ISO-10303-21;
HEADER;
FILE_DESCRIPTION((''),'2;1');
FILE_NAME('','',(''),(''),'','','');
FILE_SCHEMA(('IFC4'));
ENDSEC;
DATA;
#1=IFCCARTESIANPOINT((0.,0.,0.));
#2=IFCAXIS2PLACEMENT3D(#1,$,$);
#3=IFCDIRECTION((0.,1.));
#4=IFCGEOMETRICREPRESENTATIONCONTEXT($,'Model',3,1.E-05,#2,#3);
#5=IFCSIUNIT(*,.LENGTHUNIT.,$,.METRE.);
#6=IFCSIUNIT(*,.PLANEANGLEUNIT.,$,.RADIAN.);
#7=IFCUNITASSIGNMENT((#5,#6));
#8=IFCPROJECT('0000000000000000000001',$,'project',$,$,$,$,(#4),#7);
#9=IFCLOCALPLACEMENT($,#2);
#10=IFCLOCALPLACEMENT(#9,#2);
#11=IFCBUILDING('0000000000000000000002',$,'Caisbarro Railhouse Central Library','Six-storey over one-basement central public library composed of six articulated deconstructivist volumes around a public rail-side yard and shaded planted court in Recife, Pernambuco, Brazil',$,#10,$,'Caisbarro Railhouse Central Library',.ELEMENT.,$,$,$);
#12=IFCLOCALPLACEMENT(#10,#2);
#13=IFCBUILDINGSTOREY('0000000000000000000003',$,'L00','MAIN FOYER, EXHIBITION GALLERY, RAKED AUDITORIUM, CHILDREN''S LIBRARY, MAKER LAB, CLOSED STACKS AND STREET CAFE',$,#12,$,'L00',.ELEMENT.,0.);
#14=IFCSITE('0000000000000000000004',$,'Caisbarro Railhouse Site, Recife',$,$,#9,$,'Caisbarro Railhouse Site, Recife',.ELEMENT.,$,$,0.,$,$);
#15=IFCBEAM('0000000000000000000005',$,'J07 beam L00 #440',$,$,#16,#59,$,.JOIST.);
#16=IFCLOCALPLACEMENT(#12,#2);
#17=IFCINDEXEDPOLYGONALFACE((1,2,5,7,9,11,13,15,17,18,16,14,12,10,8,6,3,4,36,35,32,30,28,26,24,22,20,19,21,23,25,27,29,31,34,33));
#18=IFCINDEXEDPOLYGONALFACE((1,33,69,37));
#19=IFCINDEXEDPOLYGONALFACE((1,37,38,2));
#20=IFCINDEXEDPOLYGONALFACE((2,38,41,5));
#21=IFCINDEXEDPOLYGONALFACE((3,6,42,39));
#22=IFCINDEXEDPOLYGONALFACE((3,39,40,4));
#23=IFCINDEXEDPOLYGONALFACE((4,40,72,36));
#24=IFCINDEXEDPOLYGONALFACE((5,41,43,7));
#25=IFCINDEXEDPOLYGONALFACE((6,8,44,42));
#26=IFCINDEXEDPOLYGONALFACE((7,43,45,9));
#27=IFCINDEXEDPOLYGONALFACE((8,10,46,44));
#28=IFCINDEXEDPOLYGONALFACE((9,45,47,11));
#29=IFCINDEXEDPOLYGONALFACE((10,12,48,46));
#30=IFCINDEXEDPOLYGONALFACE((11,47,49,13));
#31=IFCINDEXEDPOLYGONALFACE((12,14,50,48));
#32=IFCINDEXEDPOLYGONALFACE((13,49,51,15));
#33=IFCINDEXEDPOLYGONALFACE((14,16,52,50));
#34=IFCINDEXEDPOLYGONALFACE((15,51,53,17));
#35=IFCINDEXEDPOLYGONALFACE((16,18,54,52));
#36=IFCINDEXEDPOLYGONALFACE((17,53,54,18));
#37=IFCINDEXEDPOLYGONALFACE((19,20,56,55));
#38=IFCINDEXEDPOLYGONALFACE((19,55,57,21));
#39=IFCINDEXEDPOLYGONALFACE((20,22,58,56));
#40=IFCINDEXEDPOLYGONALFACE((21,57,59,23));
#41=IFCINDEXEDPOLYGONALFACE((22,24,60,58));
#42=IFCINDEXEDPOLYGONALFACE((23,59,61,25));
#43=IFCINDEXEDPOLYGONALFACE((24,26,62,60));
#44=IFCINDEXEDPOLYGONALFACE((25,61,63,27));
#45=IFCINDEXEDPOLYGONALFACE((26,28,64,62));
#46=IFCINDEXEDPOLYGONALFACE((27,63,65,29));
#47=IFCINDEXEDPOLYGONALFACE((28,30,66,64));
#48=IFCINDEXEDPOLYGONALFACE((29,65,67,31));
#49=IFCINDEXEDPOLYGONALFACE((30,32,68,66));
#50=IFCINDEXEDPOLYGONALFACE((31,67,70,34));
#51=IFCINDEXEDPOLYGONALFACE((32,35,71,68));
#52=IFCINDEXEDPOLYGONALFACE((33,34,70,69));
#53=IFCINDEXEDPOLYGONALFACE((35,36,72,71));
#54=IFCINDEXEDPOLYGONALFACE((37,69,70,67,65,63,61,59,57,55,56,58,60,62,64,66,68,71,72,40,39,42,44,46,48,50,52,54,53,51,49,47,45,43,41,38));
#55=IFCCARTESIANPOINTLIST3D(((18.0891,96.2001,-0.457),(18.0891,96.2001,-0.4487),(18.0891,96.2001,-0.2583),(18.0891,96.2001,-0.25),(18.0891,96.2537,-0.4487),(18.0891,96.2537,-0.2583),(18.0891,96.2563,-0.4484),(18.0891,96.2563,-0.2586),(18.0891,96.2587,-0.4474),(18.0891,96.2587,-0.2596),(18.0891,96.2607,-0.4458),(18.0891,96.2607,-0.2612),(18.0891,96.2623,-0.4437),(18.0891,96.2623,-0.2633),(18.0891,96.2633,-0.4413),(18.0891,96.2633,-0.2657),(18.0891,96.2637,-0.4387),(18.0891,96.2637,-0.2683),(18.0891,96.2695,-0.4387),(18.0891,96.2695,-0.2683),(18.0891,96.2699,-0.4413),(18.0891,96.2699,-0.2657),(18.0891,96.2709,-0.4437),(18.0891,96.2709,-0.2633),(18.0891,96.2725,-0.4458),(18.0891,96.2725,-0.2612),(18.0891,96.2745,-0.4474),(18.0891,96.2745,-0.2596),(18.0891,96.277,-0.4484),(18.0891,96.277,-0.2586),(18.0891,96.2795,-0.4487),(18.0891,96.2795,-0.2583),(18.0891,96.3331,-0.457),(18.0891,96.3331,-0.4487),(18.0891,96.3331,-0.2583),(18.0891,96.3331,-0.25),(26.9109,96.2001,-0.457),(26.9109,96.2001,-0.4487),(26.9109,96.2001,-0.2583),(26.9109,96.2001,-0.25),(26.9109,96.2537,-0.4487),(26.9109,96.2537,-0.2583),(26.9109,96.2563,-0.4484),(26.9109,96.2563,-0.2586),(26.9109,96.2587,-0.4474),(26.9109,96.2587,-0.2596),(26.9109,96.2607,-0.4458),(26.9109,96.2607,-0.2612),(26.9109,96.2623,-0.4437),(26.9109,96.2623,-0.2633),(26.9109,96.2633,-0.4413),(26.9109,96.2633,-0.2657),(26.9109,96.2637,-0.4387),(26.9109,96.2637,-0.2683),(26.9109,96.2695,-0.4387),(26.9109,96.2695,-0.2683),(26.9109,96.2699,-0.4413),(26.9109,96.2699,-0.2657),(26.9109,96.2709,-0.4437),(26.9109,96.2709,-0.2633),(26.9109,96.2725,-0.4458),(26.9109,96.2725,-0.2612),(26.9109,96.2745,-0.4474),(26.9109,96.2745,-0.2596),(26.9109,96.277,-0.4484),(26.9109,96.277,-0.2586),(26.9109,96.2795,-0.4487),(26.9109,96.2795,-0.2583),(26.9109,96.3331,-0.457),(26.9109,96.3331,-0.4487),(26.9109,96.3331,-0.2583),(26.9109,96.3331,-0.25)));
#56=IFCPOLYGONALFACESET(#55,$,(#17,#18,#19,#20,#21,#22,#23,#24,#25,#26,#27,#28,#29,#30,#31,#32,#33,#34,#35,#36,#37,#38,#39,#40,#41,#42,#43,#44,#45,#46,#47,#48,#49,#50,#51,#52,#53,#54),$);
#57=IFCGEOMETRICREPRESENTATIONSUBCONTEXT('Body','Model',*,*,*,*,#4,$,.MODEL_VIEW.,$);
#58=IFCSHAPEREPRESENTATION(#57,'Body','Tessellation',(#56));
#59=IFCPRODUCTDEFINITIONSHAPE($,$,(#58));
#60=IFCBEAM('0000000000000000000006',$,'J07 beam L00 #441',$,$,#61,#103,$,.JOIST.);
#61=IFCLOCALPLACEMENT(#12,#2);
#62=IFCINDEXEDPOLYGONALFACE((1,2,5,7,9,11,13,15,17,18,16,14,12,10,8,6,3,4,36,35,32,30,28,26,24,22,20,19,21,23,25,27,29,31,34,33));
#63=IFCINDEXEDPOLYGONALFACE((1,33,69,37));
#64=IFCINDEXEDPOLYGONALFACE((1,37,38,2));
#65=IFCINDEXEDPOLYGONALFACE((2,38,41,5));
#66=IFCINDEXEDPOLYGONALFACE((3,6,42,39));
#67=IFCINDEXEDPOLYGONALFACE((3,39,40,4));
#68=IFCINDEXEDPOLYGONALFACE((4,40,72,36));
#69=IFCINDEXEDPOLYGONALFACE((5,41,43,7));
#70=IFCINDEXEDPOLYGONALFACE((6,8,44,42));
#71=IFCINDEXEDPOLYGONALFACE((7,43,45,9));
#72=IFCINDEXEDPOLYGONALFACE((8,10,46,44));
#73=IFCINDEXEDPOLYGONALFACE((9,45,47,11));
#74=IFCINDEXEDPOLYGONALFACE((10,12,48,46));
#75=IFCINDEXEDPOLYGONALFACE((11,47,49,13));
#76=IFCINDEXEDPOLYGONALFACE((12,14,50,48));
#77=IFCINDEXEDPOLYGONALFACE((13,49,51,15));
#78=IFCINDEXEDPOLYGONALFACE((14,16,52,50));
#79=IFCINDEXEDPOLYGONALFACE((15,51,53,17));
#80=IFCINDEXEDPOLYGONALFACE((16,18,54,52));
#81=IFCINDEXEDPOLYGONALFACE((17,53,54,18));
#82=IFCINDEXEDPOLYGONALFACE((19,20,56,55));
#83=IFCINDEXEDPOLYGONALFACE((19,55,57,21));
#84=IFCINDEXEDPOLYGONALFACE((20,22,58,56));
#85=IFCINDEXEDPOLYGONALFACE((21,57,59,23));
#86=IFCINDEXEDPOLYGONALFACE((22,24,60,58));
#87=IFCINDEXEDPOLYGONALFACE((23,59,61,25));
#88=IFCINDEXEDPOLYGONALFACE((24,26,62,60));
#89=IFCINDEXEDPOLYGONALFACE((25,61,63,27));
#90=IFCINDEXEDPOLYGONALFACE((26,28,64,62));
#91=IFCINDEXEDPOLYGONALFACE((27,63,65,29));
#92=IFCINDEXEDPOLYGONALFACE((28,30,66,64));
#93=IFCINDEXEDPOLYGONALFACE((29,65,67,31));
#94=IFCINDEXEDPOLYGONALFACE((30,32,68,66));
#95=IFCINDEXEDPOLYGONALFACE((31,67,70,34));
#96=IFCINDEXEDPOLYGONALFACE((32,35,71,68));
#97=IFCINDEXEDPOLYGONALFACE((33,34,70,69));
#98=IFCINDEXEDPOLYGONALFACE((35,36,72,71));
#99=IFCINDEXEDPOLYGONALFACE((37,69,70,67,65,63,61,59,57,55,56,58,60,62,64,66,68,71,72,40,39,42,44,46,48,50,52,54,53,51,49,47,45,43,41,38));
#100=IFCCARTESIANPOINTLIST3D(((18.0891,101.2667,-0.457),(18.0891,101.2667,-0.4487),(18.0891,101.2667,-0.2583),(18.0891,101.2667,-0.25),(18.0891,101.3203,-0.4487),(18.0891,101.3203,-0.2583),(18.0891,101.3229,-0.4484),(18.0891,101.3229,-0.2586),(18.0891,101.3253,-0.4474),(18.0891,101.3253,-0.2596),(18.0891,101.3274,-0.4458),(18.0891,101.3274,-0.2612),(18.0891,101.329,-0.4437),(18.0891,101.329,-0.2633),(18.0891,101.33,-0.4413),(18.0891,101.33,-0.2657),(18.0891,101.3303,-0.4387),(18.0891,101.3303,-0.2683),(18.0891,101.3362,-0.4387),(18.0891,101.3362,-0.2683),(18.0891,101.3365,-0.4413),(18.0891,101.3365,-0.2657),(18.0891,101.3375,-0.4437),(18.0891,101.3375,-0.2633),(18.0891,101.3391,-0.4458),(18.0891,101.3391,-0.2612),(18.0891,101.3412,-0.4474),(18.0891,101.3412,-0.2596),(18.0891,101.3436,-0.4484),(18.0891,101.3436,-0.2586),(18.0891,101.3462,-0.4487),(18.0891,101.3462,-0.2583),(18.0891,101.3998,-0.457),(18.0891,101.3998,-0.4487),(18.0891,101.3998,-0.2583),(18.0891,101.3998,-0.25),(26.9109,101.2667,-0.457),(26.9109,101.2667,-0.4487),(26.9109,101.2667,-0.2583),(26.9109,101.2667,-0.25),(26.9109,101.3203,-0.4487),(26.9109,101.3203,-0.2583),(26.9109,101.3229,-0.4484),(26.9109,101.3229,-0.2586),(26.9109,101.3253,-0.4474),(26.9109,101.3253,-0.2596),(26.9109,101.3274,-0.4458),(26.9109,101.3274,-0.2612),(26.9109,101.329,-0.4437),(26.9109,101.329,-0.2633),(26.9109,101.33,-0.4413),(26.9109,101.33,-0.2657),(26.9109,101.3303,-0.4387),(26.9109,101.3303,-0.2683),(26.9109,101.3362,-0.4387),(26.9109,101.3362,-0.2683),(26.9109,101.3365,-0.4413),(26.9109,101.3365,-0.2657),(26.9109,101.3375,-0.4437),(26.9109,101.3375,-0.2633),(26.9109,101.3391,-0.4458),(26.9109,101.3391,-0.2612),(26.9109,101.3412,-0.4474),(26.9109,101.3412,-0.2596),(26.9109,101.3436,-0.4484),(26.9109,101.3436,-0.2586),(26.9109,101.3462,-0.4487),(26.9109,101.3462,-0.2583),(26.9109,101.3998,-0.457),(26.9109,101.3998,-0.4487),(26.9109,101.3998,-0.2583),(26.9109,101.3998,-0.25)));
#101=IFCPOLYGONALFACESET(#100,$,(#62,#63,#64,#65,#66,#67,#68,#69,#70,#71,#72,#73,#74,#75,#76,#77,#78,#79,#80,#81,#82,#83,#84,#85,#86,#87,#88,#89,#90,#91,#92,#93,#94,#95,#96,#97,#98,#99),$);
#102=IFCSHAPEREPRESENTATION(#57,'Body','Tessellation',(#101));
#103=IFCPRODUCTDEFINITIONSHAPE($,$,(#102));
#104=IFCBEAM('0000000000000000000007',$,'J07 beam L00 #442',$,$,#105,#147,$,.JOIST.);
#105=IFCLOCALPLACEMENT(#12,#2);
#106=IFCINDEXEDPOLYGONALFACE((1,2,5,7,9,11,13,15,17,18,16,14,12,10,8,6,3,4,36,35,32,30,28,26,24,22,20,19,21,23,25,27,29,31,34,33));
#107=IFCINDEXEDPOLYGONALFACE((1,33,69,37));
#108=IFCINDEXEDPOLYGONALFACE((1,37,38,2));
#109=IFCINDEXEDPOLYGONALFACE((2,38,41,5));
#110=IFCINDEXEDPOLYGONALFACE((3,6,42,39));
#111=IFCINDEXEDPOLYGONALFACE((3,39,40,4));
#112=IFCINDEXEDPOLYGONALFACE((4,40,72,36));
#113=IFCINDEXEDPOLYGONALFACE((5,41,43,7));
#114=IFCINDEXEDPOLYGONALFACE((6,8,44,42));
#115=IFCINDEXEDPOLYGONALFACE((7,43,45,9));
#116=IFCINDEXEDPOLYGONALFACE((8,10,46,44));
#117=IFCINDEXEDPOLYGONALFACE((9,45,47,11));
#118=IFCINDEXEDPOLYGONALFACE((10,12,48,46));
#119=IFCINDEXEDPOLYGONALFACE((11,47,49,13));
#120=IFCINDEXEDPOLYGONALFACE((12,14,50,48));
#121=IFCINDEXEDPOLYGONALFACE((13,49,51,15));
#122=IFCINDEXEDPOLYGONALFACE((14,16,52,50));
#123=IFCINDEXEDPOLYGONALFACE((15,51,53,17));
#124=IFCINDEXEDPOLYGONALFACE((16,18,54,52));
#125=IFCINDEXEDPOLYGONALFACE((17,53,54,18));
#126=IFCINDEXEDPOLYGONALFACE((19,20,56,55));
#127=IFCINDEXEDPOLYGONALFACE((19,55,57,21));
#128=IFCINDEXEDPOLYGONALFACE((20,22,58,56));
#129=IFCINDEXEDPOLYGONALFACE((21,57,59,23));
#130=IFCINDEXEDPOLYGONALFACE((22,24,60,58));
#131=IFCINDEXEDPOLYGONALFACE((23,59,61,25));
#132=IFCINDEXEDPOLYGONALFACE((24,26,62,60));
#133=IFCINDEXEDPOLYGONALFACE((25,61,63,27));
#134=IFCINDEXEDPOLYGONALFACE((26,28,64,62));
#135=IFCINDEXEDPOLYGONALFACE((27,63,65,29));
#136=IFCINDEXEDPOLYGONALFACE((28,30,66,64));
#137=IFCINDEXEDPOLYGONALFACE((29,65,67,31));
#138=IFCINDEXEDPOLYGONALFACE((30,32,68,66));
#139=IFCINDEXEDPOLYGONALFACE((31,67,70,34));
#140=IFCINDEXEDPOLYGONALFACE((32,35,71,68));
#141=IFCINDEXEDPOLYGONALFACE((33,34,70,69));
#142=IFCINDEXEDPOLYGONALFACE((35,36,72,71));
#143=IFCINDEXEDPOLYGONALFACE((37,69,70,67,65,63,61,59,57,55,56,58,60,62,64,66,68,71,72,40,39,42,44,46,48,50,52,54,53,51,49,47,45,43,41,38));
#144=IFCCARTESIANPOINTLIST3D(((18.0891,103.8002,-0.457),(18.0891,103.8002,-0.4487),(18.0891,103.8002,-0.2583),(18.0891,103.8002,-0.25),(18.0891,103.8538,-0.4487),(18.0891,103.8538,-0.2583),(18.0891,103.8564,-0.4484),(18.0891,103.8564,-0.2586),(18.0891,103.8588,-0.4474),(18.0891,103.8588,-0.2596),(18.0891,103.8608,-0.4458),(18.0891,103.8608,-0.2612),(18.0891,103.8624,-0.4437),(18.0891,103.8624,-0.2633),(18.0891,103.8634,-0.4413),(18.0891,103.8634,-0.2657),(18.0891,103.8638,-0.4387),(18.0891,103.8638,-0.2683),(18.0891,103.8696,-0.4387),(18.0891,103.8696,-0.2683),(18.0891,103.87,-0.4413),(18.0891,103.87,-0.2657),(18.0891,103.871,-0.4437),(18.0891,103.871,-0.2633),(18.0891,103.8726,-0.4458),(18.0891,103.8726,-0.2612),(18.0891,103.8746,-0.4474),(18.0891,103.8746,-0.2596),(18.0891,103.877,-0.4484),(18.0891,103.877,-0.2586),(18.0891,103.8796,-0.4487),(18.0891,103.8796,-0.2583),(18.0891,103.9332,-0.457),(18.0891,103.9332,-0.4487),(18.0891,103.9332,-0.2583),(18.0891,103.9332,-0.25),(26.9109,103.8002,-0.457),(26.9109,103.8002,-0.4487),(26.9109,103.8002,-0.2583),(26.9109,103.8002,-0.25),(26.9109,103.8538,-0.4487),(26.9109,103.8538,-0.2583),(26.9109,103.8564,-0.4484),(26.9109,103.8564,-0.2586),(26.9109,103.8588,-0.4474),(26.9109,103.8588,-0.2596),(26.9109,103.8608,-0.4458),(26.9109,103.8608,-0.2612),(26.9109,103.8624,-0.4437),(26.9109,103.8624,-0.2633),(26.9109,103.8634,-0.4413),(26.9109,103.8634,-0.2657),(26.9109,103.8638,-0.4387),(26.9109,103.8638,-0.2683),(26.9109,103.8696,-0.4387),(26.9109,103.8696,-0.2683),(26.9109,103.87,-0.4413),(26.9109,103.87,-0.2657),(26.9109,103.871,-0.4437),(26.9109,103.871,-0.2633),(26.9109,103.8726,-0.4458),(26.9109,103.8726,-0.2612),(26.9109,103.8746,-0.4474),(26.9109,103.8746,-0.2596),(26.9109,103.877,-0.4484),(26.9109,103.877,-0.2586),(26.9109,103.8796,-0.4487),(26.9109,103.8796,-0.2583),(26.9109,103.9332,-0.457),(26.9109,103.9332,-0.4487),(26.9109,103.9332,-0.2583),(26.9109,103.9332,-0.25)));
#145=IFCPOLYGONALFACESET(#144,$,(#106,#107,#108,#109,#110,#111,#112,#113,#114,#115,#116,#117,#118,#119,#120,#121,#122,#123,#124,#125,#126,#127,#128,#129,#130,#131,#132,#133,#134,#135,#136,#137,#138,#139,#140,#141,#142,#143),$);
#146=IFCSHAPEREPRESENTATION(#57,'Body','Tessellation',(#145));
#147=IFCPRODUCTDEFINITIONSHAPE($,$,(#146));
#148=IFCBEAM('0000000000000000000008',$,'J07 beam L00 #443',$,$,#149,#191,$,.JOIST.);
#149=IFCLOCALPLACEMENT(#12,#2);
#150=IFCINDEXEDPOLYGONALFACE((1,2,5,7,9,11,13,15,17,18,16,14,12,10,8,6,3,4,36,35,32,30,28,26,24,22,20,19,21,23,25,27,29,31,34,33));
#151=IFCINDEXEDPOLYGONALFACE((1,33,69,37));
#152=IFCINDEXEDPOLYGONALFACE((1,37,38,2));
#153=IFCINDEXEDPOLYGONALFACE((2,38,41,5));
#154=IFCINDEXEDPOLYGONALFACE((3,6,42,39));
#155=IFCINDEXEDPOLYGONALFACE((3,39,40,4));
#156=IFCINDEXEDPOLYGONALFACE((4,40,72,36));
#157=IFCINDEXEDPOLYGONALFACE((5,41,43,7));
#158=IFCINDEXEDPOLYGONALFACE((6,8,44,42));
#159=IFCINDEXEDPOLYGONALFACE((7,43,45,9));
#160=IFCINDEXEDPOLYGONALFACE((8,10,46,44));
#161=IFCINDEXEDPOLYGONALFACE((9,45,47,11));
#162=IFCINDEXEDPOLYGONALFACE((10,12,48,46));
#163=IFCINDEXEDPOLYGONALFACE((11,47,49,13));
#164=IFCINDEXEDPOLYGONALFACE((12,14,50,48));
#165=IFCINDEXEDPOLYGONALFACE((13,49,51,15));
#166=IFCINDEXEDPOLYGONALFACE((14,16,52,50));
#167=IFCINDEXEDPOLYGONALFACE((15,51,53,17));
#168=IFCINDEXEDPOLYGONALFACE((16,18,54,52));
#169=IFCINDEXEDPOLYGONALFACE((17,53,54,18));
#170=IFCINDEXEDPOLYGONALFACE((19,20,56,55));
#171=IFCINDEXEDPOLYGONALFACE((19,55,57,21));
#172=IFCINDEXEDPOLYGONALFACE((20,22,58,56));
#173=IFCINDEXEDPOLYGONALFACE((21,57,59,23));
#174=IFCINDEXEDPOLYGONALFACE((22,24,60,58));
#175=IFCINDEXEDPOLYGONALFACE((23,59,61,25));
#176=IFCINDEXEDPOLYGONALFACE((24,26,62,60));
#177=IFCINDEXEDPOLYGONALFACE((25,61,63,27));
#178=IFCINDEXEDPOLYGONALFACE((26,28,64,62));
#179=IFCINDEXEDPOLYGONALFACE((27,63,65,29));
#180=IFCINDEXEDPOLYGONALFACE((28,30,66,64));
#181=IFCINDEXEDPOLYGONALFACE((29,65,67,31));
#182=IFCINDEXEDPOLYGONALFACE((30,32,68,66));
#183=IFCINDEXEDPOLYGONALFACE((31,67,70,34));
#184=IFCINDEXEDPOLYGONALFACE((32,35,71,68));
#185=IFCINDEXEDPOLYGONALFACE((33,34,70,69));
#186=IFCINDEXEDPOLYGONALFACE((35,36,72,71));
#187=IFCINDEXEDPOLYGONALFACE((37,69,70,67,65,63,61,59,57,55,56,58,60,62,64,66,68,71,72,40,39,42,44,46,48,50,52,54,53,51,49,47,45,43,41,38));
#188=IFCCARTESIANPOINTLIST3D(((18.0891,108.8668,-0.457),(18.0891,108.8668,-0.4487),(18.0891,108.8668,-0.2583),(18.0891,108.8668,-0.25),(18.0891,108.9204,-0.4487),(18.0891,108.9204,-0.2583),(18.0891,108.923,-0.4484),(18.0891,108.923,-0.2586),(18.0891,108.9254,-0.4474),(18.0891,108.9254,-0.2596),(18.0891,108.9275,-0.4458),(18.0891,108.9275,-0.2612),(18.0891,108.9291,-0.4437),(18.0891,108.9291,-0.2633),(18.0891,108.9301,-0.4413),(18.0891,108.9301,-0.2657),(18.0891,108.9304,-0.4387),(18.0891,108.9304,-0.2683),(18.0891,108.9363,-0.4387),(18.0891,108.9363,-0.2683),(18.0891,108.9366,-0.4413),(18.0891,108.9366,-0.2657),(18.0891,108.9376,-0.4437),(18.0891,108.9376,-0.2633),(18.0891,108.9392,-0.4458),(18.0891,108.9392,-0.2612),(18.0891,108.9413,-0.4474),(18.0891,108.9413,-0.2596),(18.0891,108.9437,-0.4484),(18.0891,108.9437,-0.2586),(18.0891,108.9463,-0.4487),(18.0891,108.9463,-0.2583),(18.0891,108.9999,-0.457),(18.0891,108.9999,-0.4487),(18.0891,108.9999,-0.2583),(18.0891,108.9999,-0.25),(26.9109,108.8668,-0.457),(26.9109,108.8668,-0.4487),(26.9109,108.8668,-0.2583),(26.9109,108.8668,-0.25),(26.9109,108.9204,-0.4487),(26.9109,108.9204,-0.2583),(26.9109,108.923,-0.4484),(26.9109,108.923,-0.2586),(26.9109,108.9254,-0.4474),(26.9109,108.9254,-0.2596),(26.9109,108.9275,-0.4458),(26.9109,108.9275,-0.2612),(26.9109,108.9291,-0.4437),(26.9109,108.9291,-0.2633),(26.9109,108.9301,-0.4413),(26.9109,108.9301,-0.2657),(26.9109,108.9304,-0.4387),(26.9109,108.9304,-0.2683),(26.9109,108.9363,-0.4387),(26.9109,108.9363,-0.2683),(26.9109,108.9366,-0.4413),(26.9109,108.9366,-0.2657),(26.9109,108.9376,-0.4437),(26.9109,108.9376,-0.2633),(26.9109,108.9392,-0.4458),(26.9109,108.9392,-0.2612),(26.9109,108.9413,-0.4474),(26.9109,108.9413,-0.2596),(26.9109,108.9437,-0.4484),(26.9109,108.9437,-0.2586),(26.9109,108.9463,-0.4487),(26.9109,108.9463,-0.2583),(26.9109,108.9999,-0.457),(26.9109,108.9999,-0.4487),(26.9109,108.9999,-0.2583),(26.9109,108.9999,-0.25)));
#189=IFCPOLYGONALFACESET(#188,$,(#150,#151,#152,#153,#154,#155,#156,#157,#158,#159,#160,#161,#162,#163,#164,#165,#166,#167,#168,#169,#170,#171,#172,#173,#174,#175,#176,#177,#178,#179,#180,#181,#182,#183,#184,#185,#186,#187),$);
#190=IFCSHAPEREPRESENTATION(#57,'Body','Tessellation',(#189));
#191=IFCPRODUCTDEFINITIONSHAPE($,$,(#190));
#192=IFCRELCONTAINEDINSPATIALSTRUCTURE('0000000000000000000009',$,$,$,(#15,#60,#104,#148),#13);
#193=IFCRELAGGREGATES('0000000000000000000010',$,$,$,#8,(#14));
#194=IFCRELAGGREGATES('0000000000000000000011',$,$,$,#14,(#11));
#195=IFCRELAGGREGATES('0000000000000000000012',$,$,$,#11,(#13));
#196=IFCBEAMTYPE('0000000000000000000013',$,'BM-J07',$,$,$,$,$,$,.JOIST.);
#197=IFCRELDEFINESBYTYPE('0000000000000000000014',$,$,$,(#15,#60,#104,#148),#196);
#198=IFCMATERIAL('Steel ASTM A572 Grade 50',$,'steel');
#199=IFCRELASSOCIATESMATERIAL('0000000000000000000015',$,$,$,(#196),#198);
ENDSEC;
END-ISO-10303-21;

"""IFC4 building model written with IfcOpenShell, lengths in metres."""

from ifc_helpers import new_model, si_unit, direction, frame, origin, origin_2d, place, context, subcontext, project, spatial, i_section, extrude, material, material_profile, profile_set, type_object, element, save


model = new_model("IFC4")

# Units and contexts
model_context = context("Model", 3, precision=1e-05, world=origin(), true_north=direction((0.0, 1.0)))
body_context = subcontext(model_context, "Body", "Model", "MODEL_VIEW")
ifc_project = project(units=[si_unit("LENGTHUNIT", "METRE"), si_unit("PLANEANGLEUNIT", "RADIAN")], contexts=[model_context])

# Site, building, storey
site_placement = place(None, origin())
site = spatial("IfcSite", under=ifc_project, at=site_placement, Name="Caisbarro Railhouse Site, Recife", LongName="Caisbarro Railhouse Site, Recife", CompositionType="ELEMENT", RefElevation=0.0)
building_placement = place(site_placement, origin())
building = spatial("IfcBuilding", under=site, at=building_placement, Name="Caisbarro Railhouse Central Library", Description="Six-storey over one-basement central public library composed of six articulated deconstructivist volumes around a public rail-side yard and shaded planted court in Recife, Pernambuco, Brazil", LongName="Caisbarro Railhouse Central Library", CompositionType="ELEMENT")
storey_placement = place(building_placement, origin())
storey = spatial("IfcBuildingStorey", under=building, at=storey_placement, Name="L00", Description="MAIN FOYER, EXHIBITION GALLERY, RAKED AUDITORIUM, CHILDREN'S LIBRARY, MAKER LAB, CLOSED STACKS AND STREET CAFE", LongName="L00", CompositionType="ELEMENT", Elevation=0.0)

# Shared definitions
ifc_material_1 = material(Name="Steel ASTM A572 Grade 50", Category="steel")

# Beams
ifc_material_profile_1 = material_profile(ifc_material_1, i_section(OverallWidth=0.1331, OverallDepth=0.207, WebThickness=0.0059, FlangeThickness=0.0083, FilletRadius=0.01, at=origin_2d()), Name="W200X26.6")
ifc_profile_set_1 = profile_set([ifc_material_profile_1], Name="Steel ASTM A572 Grade 50")
beam_type_1 = type_object("IfcBeamType", Name="BM-J07", PredefinedType="JOIST", material=ifc_profile_set_1)
for number, where, z_axis, x_axis, name in (
    (1, (18.0891, 96.2666, -0.3535), (1.0, 0.0, 0.0), (0.0, 1.0, 0.0), "J07 beam L00 #440"),
    (2, (18.0891, 101.3333, -0.3535), (1.0, 0.0, 0.0), (0.0, 1.0, 0.0), "J07 beam L00 #441"),
    (3, (18.0891, 103.8667, -0.3535), (1.0, 0.0, 0.0), (0.0, 1.0, 0.0), "J07 beam L00 #442"),
    (4, (18.0891, 108.9333, -0.3535), (1.0, 0.0, 0.0), (0.0, 1.0, 0.0), "J07 beam L00 #443"),
):
    element("IfcBeam", number, at=place(storey_placement, frame(where, z_axis=z_axis, x_axis=x_axis)), inside=storey, type_object=beam_type_1, Name=name, PredefinedType="JOIST", context=body_context, shape_type="SweptSolid", body=[
        extrude(i_section(OverallWidth=0.1331, OverallDepth=0.207, WebThickness=0.0059, FlangeThickness=0.0083, FilletRadius=0.01, at=origin_2d()), origin(), (0.0, 0.0, 1.0), 8.8218),
    ])

save(model, "model.ifc")
